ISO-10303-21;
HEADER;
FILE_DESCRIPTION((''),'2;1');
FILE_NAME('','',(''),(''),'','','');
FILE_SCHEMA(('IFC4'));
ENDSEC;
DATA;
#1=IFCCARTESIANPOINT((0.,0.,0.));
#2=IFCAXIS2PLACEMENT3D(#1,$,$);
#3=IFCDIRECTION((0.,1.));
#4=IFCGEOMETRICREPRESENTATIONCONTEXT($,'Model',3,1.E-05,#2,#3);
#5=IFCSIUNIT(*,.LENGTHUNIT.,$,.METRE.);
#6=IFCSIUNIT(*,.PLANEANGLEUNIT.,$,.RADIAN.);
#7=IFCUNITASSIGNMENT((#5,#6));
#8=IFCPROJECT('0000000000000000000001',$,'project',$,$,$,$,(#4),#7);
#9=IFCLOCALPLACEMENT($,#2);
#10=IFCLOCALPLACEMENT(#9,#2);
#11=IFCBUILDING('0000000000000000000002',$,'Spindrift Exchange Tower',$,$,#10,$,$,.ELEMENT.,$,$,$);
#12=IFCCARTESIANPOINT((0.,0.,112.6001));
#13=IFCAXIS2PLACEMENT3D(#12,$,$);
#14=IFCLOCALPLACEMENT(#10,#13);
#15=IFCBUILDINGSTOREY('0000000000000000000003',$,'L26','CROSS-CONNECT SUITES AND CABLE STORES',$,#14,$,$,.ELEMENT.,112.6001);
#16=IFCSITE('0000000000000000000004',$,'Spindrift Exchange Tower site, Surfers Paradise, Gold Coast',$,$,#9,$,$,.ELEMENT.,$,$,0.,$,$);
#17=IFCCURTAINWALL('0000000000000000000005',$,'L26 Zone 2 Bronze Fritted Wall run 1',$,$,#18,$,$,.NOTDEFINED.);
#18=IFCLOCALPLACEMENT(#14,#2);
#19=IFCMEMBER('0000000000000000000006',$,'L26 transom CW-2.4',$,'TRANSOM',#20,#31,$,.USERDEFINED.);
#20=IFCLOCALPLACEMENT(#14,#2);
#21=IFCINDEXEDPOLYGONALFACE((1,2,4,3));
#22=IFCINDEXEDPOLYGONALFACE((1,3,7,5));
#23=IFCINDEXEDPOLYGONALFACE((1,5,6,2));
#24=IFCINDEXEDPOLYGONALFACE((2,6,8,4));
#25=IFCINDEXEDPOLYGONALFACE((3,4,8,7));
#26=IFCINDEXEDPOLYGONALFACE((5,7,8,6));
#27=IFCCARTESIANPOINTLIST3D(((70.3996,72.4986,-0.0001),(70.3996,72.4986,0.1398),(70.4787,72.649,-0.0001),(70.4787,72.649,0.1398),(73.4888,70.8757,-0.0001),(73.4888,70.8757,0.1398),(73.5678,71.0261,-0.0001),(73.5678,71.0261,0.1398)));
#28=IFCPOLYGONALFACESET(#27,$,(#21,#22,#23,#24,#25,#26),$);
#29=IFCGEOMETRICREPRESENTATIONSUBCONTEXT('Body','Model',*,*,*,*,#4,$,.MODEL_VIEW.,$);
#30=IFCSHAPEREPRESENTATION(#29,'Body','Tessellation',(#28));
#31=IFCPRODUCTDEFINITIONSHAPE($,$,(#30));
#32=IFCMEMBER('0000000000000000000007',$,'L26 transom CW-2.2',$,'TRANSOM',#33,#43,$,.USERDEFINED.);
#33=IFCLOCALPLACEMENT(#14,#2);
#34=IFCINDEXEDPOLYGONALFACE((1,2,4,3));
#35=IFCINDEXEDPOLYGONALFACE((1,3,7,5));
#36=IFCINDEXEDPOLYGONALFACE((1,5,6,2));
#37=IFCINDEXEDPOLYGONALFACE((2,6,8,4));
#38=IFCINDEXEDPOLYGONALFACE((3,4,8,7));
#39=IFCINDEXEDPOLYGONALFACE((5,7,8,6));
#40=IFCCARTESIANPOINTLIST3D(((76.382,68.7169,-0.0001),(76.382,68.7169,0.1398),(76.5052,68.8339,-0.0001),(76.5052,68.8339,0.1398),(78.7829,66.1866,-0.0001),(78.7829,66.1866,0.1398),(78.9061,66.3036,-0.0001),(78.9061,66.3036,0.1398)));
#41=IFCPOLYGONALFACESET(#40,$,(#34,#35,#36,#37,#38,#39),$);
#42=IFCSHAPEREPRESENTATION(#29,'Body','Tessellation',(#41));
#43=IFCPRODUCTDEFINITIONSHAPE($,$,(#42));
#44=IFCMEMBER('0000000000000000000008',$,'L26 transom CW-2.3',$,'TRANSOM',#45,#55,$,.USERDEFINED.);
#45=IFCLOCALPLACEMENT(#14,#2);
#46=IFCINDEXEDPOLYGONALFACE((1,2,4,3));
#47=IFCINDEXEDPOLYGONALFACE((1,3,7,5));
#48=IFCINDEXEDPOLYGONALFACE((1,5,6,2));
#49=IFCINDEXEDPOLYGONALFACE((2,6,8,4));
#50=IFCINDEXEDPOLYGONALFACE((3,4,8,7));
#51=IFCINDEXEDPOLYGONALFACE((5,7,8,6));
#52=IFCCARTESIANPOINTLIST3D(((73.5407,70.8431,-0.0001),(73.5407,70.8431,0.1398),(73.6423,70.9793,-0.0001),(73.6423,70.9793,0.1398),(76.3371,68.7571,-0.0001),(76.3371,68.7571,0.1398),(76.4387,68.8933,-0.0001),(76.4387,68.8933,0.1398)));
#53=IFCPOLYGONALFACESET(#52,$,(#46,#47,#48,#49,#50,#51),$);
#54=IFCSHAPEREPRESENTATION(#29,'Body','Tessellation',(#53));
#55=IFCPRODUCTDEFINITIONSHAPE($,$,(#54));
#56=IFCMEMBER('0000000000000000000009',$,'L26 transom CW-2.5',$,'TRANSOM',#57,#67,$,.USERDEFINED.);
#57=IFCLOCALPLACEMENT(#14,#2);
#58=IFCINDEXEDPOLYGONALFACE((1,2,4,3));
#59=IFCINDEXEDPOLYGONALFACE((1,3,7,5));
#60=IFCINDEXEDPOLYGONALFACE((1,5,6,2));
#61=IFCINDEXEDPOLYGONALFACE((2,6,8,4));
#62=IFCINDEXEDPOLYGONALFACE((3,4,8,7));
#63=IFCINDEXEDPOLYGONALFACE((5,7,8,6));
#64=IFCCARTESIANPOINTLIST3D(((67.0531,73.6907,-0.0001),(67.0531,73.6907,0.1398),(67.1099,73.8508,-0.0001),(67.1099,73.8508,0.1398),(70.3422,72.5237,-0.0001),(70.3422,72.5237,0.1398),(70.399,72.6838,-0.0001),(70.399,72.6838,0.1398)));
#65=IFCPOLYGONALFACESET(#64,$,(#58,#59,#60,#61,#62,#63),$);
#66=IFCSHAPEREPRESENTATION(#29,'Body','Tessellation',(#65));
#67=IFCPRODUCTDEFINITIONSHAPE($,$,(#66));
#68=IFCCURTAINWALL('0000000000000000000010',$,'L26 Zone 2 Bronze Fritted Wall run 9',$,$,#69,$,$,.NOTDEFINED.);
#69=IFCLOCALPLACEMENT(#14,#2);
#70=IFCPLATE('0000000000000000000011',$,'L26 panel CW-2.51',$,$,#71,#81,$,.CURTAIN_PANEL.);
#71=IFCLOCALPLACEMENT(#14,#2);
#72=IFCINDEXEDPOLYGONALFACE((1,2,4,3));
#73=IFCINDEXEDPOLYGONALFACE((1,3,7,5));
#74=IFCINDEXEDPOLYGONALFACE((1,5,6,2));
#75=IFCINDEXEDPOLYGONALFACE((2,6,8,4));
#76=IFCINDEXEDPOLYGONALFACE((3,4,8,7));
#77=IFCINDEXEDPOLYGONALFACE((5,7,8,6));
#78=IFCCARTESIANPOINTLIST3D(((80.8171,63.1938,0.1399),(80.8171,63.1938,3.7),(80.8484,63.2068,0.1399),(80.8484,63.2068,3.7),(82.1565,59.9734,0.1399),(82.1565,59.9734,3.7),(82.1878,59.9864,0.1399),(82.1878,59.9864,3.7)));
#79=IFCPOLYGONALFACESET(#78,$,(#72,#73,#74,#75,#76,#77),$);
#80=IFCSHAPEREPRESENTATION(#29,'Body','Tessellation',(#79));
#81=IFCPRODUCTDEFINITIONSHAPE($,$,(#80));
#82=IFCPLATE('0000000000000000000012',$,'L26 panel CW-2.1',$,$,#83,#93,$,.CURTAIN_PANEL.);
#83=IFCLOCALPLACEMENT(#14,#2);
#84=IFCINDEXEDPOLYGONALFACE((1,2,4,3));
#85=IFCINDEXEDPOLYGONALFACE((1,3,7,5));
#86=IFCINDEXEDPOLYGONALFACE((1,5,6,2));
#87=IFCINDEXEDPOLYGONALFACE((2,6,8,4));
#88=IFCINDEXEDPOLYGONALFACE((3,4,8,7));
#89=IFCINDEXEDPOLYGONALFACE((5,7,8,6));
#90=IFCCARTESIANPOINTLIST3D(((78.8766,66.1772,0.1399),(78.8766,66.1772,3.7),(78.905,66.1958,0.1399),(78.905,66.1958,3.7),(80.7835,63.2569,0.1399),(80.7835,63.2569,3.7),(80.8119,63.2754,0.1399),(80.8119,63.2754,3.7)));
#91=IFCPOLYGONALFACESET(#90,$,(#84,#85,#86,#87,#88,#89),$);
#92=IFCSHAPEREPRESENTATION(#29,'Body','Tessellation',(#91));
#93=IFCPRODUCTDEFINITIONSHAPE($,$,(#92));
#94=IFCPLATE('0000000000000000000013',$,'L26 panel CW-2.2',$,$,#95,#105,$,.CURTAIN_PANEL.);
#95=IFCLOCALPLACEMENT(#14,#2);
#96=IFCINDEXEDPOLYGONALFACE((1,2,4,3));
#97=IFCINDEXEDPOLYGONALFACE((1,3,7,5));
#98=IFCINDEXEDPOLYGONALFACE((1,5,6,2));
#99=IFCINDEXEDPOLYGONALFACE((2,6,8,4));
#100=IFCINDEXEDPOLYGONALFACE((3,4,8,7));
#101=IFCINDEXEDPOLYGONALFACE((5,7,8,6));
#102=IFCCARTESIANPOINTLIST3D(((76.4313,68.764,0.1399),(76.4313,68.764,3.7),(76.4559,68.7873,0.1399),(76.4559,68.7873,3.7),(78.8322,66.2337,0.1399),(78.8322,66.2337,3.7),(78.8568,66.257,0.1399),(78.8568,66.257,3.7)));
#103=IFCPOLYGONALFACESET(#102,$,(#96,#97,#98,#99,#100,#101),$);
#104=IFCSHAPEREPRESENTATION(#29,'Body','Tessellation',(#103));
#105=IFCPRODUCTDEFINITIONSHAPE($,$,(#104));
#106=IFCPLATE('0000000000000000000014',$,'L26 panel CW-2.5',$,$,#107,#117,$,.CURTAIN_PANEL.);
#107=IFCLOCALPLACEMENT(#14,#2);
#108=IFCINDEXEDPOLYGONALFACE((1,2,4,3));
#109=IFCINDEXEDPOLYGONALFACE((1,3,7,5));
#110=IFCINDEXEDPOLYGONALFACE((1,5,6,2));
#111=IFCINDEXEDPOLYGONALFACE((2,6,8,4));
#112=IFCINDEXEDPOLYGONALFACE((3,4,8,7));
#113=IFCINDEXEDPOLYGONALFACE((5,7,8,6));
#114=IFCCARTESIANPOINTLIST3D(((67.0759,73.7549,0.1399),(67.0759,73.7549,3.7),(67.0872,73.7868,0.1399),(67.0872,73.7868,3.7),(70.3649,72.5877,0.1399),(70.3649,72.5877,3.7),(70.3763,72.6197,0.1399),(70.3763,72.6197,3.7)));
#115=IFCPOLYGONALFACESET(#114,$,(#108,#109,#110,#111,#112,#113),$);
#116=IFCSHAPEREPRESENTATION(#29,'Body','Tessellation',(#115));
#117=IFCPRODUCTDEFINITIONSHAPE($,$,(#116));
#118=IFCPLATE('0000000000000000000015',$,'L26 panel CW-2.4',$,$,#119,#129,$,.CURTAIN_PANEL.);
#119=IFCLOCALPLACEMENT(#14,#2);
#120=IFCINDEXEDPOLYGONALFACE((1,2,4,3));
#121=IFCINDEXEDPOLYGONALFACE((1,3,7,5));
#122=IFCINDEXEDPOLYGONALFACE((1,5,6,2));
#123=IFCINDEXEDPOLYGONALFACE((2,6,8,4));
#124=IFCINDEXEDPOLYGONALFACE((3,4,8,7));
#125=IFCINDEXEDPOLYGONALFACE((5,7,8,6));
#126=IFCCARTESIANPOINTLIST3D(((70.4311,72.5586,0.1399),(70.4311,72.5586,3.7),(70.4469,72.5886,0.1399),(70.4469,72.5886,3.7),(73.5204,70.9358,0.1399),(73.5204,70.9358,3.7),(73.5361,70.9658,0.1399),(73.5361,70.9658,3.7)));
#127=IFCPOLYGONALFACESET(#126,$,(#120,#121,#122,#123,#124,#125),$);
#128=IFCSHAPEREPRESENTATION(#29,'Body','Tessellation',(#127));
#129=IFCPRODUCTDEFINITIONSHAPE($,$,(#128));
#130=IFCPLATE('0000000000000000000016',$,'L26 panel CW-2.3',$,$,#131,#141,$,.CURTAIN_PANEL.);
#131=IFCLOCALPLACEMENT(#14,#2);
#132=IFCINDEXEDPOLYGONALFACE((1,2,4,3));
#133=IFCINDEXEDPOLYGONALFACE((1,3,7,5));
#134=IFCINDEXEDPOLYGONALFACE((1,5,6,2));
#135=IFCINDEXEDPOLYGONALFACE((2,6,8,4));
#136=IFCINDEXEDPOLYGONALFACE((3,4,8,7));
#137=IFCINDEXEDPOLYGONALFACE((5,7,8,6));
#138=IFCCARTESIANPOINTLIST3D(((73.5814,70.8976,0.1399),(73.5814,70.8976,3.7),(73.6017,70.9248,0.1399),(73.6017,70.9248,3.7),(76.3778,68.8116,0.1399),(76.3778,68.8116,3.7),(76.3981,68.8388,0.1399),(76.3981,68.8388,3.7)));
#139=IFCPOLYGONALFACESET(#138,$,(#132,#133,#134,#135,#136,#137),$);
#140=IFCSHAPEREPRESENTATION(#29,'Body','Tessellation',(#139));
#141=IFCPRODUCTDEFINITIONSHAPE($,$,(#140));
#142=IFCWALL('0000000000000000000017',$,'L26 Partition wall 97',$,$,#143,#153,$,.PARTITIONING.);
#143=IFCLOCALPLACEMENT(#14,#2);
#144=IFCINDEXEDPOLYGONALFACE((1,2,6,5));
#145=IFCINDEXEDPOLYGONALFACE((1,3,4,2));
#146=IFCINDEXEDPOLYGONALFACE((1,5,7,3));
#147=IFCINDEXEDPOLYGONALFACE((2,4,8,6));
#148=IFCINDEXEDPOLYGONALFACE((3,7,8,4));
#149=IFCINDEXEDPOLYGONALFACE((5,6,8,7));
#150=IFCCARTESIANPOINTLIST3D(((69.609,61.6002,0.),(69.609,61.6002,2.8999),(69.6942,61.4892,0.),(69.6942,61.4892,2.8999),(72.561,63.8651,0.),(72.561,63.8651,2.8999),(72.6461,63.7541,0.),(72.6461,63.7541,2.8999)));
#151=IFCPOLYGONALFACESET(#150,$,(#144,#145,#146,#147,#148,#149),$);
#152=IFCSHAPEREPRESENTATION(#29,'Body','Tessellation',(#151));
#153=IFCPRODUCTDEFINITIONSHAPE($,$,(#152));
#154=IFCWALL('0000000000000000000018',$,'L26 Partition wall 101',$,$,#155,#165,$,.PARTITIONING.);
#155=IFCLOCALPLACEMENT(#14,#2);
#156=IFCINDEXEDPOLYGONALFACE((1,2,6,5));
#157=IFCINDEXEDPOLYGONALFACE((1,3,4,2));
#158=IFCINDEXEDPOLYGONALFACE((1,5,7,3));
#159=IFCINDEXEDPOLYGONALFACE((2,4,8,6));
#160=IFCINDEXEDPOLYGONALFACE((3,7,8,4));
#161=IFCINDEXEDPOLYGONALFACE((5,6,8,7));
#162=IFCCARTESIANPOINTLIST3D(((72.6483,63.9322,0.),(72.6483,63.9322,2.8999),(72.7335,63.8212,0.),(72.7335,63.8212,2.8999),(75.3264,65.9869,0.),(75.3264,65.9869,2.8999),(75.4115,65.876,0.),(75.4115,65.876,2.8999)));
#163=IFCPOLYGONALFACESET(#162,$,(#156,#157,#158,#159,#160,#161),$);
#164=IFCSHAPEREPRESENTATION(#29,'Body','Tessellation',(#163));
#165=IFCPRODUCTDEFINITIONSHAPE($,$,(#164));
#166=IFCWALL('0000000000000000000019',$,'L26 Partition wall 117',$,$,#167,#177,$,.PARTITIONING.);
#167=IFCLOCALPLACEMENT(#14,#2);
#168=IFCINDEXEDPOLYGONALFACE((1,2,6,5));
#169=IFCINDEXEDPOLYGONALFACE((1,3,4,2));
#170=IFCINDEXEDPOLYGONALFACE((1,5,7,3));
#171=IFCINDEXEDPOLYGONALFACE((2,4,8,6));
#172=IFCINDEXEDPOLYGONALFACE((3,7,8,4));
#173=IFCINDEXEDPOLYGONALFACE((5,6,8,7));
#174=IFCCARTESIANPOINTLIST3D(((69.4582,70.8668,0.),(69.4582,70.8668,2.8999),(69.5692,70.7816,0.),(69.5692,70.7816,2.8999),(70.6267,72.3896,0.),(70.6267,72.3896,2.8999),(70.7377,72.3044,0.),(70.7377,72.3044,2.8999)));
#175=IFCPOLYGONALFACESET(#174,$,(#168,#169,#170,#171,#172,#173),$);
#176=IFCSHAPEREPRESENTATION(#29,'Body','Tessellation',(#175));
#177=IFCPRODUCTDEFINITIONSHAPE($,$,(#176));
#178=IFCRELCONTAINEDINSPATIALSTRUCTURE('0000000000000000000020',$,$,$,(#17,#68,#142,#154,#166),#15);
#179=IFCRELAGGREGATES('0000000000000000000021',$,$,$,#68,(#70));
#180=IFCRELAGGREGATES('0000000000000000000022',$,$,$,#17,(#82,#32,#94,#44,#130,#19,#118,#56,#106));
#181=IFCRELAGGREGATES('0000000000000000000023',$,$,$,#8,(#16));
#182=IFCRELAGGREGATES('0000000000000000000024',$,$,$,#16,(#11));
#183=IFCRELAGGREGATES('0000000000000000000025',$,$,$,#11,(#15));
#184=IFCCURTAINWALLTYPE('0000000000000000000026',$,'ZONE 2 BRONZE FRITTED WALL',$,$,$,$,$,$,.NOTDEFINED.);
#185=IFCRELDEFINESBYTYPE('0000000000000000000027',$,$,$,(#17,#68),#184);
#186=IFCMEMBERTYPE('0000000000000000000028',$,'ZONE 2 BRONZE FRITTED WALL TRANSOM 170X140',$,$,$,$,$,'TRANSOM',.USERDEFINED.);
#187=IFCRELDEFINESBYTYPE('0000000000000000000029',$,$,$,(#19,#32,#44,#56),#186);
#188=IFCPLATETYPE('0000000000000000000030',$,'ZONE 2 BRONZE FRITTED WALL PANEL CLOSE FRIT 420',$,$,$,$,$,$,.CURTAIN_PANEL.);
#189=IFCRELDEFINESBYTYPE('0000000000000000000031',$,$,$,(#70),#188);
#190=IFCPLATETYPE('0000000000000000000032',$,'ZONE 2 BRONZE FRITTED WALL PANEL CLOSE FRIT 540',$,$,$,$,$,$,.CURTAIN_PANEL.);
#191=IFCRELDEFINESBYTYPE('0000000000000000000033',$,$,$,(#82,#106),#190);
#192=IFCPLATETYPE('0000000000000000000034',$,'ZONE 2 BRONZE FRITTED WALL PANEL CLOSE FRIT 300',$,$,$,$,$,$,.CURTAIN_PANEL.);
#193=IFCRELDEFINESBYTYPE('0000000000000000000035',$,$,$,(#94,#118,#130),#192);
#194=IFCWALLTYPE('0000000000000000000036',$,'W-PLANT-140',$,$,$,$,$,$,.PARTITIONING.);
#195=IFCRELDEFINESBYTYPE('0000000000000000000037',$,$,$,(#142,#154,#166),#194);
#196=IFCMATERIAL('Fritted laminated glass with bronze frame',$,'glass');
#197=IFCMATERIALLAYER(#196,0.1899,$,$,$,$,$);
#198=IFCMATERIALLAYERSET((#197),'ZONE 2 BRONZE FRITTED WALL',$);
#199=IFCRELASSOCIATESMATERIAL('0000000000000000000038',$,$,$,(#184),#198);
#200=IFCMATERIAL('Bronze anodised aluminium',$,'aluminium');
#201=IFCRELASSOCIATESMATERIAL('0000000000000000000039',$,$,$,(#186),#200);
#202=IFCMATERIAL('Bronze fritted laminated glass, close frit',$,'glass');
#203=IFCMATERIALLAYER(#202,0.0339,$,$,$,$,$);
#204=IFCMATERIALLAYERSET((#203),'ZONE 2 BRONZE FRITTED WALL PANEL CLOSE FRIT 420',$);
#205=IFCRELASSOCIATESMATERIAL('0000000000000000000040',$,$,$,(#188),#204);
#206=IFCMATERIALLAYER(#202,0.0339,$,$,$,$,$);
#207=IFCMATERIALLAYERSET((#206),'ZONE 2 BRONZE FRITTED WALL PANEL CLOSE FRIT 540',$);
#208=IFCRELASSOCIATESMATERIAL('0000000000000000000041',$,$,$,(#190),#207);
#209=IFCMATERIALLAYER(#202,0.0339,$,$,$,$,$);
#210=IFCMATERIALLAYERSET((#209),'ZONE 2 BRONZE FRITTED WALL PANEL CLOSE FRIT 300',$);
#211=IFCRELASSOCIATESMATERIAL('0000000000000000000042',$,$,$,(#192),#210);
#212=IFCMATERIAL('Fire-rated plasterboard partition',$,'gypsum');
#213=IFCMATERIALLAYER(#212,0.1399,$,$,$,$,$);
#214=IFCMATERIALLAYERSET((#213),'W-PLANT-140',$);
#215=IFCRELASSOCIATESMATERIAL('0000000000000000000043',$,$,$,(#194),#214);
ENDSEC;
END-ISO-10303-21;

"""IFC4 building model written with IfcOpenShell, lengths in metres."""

from ifc_helpers import new_model, si_unit, direction, frame, frame_2d, origin, origin_2d, place, context, subcontext, project, spatial, rectangle, extrude, source, transform, mapped, material, layer, layer_set, material_profile, profile_set, type_object, element, aggregate, save


model = new_model("IFC4")

# Units and contexts
model_context = context("Model", 3, precision=1e-05, world=origin(), true_north=direction((0.0, 1.0)))
body_context = subcontext(model_context, "Body", "Model", "MODEL_VIEW")
ifc_project = project(units=[si_unit("LENGTHUNIT", "METRE"), si_unit("PLANEANGLEUNIT", "RADIAN")], contexts=[model_context])

# Site, building, storey
site_placement = place(None, origin())
site = spatial("IfcSite", under=ifc_project, at=site_placement, Name="Spindrift Exchange Tower site, Surfers Paradise, Gold Coast", CompositionType="ELEMENT", RefElevation=0.0)
building_placement = place(site_placement, origin())
building = spatial("IfcBuilding", under=site, at=building_placement, Name="Spindrift Exchange Tower", CompositionType="ELEMENT")
storey_placement = place(building_placement, frame((0.0, 0.0, 112.6001)))
storey = spatial("IfcBuildingStorey", under=building, at=storey_placement, Name="L26", Description="CROSS-CONNECT SUITES AND CABLE STORES", CompositionType="ELEMENT", Elevation=112.6001)

# Curtain wall, members
ifc_material_1 = material(Name="Fritted laminated glass with bronze frame", Category="glass")
ifc_layer_1 = layer(ifc_material_1, 0.1899)
ifc_layer_set_1 = layer_set([ifc_layer_1], Name="ZONE 2 BRONZE FRITTED WALL")
curtain_wall_type = type_object("IfcCurtainWallType", Name="ZONE 2 BRONZE FRITTED WALL", PredefinedType="NOTDEFINED", material=ifc_layer_set_1)
curtain_wall_1_placement = place(storey_placement, origin())
curtain_wall_1 = element("IfcCurtainWall", 1, at=curtain_wall_1_placement, inside=storey, type_object=curtain_wall_type, Name="L26 Zone 2 Bronze Fritted Wall run 1", PredefinedType="NOTDEFINED")
ifc_material_2 = material(Name="Bronze anodised aluminium", Category="aluminium")
ifc_material_profile_1 = material_profile(ifc_material_2, rectangle(XDim=0.1699, YDim=0.1399, at=origin_2d()), Name="ZONE 2 BRONZE FRITTED WALL TRANSOM 170X140")
ifc_profile_set_1 = profile_set([ifc_material_profile_1], Name="Bronze anodised aluminium")
member_type_1 = type_object("IfcMemberType", Name="ZONE 2 BRONZE FRITTED WALL TRANSOM 170X140", ElementType="TRANSOM", PredefinedType="USERDEFINED", material=ifc_profile_set_1)
shared_shape_1 = source(origin(), body_context, "Body", "SweptSolid", [
    extrude(rectangle(XDim=0.1699, YDim=0.1399, at=origin_2d()), origin(), (0.0, 0.0, 1.0), 3.4895),
])
member_1_placement = place(storey_placement, frame((73.5283, 70.9509, 0.0698), z_axis=(-0.885278, 0.465063, 0.0), x_axis=(-0.465063, -0.885278, 0.0)))
member_1 = element("IfcMember", 2, at=member_1_placement, type_object=member_type_1, Name="L26 transom CW-2.4", ObjectType="TRANSOM", PredefinedType="USERDEFINED", context=body_context, shape_type="MappedRepresentation", body=[
    mapped(shared_shape_1, transform((0.0, 0.0, 0.0), scale=1.0)),
])
shared_shape_2 = source(origin(), body_context, "Body", "SweptSolid", [
    extrude(rectangle(XDim=0.1699, YDim=0.1399, at=origin_2d()), origin(), (0.0, 0.0, 1.0), 3.488),
])
member_2_placement = place(storey_placement, frame((78.8445, 66.2451, 0.0698), z_axis=(-0.688315, 0.725412, 0.0), x_axis=(-0.725412, -0.688315, 0.0)))
member_2 = element("IfcMember", 3, at=member_2_placement, type_object=member_type_1, Name="L26 transom CW-2.2", ObjectType="TRANSOM", PredefinedType="USERDEFINED", context=body_context, shape_type="MappedRepresentation", body=[
    mapped(shared_shape_2, transform((0.0, 0.0, 0.0), scale=1.0)),
])
shared_shape_3 = source(origin(), body_context, "Body", "SweptSolid", [
    extrude(rectangle(XDim=0.1699, YDim=0.1399, at=origin_2d()), origin(), (0.0, 0.0, 1.0), 3.4888),
])
member_3_placement = place(storey_placement, frame((76.3879, 68.8252, 0.0698), z_axis=(-0.801559, 0.597915, 0.0), x_axis=(-0.597915, -0.801559, 0.0)))
member_3 = element("IfcMember", 4, at=member_3_placement, type_object=member_type_1, Name="L26 transom CW-2.3", ObjectType="TRANSOM", PredefinedType="USERDEFINED", context=body_context, shape_type="MappedRepresentation", body=[
    mapped(shared_shape_3, transform((0.0, 0.0, 0.0), scale=1.0)),
])
shared_shape_4 = source(origin(), body_context, "Body", "SweptSolid", [
    extrude(rectangle(XDim=0.1699, YDim=0.1399, at=origin_2d()), origin(), (0.0, 0.0, 1.0), 3.49),
])
member_4_placement = place(storey_placement, frame((70.3706, 72.6038, 0.0698), z_axis=(-0.942436, 0.334386, 0.0), x_axis=(-0.334386, -0.942436, 0.0)))
member_4 = element("IfcMember", 5, at=member_4_placement, type_object=member_type_1, Name="L26 transom CW-2.5", ObjectType="TRANSOM", PredefinedType="USERDEFINED", context=body_context, shape_type="MappedRepresentation", body=[
    mapped(shared_shape_4, transform((0.0, 0.0, 0.0), scale=1.0)),
])

# Curtain wall, plate
curtain_wall_2_placement = place(storey_placement, origin())
curtain_wall_2 = element("IfcCurtainWall", 6, at=curtain_wall_2_placement, inside=storey, type_object=curtain_wall_type, Name="L26 Zone 2 Bronze Fritted Wall run 9", PredefinedType="NOTDEFINED")
ifc_material_3 = material(Name="Bronze fritted laminated glass, close frit", Category="glass")
ifc_layer_2 = layer(ifc_material_3, 0.0339)
ifc_layer_set_2 = layer_set([ifc_layer_2], Name="ZONE 2 BRONZE FRITTED WALL PANEL CLOSE FRIT 420")
plate_type_1 = type_object("IfcPlateType", Name="ZONE 2 BRONZE FRITTED WALL PANEL CLOSE FRIT 420", PredefinedType="CURTAIN_PANEL", material=ifc_layer_set_2)
shared_shape_5 = source(origin(), body_context, "Body", "SweptSolid", [
    extrude(rectangle(XDim=3.4878, YDim=0.0339, at=origin_2d()), origin(), (0.0, 0.0, 1.0), 3.5601),
])
plate_1_placement = place(storey_placement, frame((81.5024, 61.5901, 0.1399), z_axis=(0.0, 0.0, 1.0), x_axis=(-0.384025, 0.923323, 0.0)))
plate_1 = element("IfcPlate", 7, at=plate_1_placement, type_object=plate_type_1, Name="L26 panel CW-2.51", PredefinedType="CURTAIN_PANEL", context=body_context, shape_type="MappedRepresentation", body=[
    mapped(shared_shape_5, transform((0.0, 0.0, 0.0), scale=1.0)),
])
aggregate(curtain_wall_2, [plate_1])

# Plates
ifc_layer_3 = layer(ifc_material_3, 0.0339)
ifc_layer_set_3 = layer_set([ifc_layer_3], Name="ZONE 2 BRONZE FRITTED WALL PANEL CLOSE FRIT 540")
plate_type_2 = type_object("IfcPlateType", Name="ZONE 2 BRONZE FRITTED WALL PANEL CLOSE FRIT 540", PredefinedType="CURTAIN_PANEL", material=ifc_layer_set_3)
shared_shape_6 = source(origin(), body_context, "Body", "SweptSolid", [
    extrude(rectangle(XDim=3.4878, YDim=0.0339, at=origin_2d()), origin(), (0.0, 0.0, 1.0), 3.5601),
])
plate_2_placement = place(storey_placement, frame((79.8442, 64.7263, 0.1399), z_axis=(0.0, 0.0, 1.0), x_axis=(-0.546741, 0.837302, 0.0)))
plate_2 = element("IfcPlate", 8, at=plate_2_placement, type_object=plate_type_2, Name="L26 panel CW-2.1", PredefinedType="CURTAIN_PANEL", context=body_context, shape_type="MappedRepresentation", body=[
    mapped(shared_shape_6, transform((0.0, 0.0, 0.0), scale=1.0)),
])
ifc_layer_4 = layer(ifc_material_3, 0.0339)
ifc_layer_set_4 = layer_set([ifc_layer_4], Name="ZONE 2 BRONZE FRITTED WALL PANEL CLOSE FRIT 300")
plate_type_3 = type_object("IfcPlateType", Name="ZONE 2 BRONZE FRITTED WALL PANEL CLOSE FRIT 300", PredefinedType="CURTAIN_PANEL", material=ifc_layer_set_4)
shared_shape_7 = source(origin(), body_context, "Body", "SweptSolid", [
    extrude(rectangle(XDim=3.488, YDim=0.0339, at=origin_2d()), origin(), (0.0, 0.0, 1.0), 3.5601),
])
plate_3_placement = place(storey_placement, frame((77.644, 67.5105, 0.1399), z_axis=(0.0, 0.0, 1.0), x_axis=(-0.688312, 0.725415, 0.0)))
plate_3 = element("IfcPlate", 9, at=plate_3_placement, type_object=plate_type_3, Name="L26 panel CW-2.2", PredefinedType="CURTAIN_PANEL", context=body_context, shape_type="MappedRepresentation", body=[
    mapped(shared_shape_7, transform((0.0, 0.0, 0.0), scale=1.0)),
])
shared_shape_8 = source(origin(), body_context, "Body", "SweptSolid", [
    extrude(rectangle(XDim=3.49, YDim=0.0339, at=origin_2d()), origin(), (0.0, 0.0, 1.0), 3.5601),
])
plate_4_placement = place(storey_placement, frame((68.7261, 73.1873, 0.1399), z_axis=(0.0, 0.0, 1.0), x_axis=(-0.942418, 0.334439, 0.0)))
plate_4 = element("IfcPlate", 10, at=plate_4_placement, type_object=plate_type_2, Name="L26 panel CW-2.5", PredefinedType="CURTAIN_PANEL", context=body_context, shape_type="MappedRepresentation", body=[
    mapped(shared_shape_8, transform((0.0, 0.0, 0.0), scale=1.0)),
])
shared_shape_9 = source(origin(), body_context, "Body", "SweptSolid", [
    extrude(rectangle(XDim=3.4895, YDim=0.0339, at=origin_2d()), origin(), (0.0, 0.0, 1.0), 3.5601),
])
plate_5_placement = place(storey_placement, frame((71.9836, 71.7622, 0.1399), z_axis=(0.0, 0.0, 1.0), x_axis=(-0.885287, 0.465046, 0.0)))
plate_5 = element("IfcPlate", 11, at=plate_5_placement, type_object=plate_type_3, Name="L26 panel CW-2.4", PredefinedType="CURTAIN_PANEL", context=body_context, shape_type="MappedRepresentation", body=[
    mapped(shared_shape_9, transform((0.0, 0.0, 0.0), scale=1.0)),
])
shared_shape_10 = source(origin(), body_context, "Body", "SweptSolid", [
    extrude(rectangle(XDim=3.4888, YDim=0.0339, at=origin_2d()), origin(), (0.0, 0.0, 1.0), 3.5601),
])
plate_6_placement = place(storey_placement, frame((74.9897, 69.8682, 0.1399), z_axis=(0.0, 0.0, 1.0), x_axis=(-0.801557, 0.597919, 0.0)))
plate_6 = element("IfcPlate", 12, at=plate_6_placement, type_object=plate_type_3, Name="L26 panel CW-2.3", PredefinedType="CURTAIN_PANEL", context=body_context, shape_type="MappedRepresentation", body=[
    mapped(shared_shape_10, transform((0.0, 0.0, 0.0), scale=1.0)),
])
aggregate(curtain_wall_1, [plate_2, member_2, plate_3, member_3, plate_6, member_1, plate_5, member_4, plate_4])

# Walls
ifc_material_4 = material(Name="Fire-rated plasterboard partition", Category="gypsum")
ifc_layer_5 = layer(ifc_material_4, 0.1399)
ifc_layer_set_5 = layer_set([ifc_layer_5], Name="W-PLANT-140")
wall_type = type_object("IfcWallType", Name="W-PLANT-140", PredefinedType="PARTITIONING", material=ifc_layer_set_5)
wall_1_placement = place(storey_placement, frame((69.6516, 61.5447, 0.0), z_axis=(0.0, 0.0, 1.0), x_axis=(0.793377, 0.60873, 0.0)))
element("IfcWall", 13, at=wall_1_placement, inside=storey, type_object=wall_type, Name="L26 Partition wall 97", PredefinedType="PARTITIONING", context=body_context, shape_type="SweptSolid", body=[
    extrude(rectangle(XDim=3.7207, YDim=0.1399, at=frame_2d((1.8604, 0.0))), origin(), (0.0, 0.0, 1.0), 2.8999),
])
wall_2_placement = place(storey_placement, frame((72.6909, 63.8767, 0.0), z_axis=(0.0, 0.0, 1.0), x_axis=(0.793382, 0.608725, 0.0)))
element("IfcWall", 14, at=wall_2_placement, inside=storey, type_object=wall_type, Name="L26 Partition wall 101", PredefinedType="PARTITIONING", context=body_context, shape_type="SweptSolid", body=[
    extrude(rectangle(XDim=3.3755, YDim=0.1399, at=frame_2d((1.6877, 0.0))), origin(), (0.0, 0.0, 1.0), 2.8999),
])
wall_3_placement = place(storey_placement, frame((69.5137, 70.8242, 0.0), z_axis=(0.0, 0.0, 1.0), x_axis=(0.608776, 0.793342, 0.0)))
element("IfcWall", 15, at=wall_3_placement, inside=storey, type_object=wall_type, Name="L26 Partition wall 117", PredefinedType="PARTITIONING", context=body_context, shape_type="SweptSolid", body=[
    extrude(rectangle(XDim=1.9194, YDim=0.1399, at=frame_2d((0.9597, 0.0))), origin(), (0.0, 0.0, 1.0), 2.8999),
])

save(model, "model.ifc")
